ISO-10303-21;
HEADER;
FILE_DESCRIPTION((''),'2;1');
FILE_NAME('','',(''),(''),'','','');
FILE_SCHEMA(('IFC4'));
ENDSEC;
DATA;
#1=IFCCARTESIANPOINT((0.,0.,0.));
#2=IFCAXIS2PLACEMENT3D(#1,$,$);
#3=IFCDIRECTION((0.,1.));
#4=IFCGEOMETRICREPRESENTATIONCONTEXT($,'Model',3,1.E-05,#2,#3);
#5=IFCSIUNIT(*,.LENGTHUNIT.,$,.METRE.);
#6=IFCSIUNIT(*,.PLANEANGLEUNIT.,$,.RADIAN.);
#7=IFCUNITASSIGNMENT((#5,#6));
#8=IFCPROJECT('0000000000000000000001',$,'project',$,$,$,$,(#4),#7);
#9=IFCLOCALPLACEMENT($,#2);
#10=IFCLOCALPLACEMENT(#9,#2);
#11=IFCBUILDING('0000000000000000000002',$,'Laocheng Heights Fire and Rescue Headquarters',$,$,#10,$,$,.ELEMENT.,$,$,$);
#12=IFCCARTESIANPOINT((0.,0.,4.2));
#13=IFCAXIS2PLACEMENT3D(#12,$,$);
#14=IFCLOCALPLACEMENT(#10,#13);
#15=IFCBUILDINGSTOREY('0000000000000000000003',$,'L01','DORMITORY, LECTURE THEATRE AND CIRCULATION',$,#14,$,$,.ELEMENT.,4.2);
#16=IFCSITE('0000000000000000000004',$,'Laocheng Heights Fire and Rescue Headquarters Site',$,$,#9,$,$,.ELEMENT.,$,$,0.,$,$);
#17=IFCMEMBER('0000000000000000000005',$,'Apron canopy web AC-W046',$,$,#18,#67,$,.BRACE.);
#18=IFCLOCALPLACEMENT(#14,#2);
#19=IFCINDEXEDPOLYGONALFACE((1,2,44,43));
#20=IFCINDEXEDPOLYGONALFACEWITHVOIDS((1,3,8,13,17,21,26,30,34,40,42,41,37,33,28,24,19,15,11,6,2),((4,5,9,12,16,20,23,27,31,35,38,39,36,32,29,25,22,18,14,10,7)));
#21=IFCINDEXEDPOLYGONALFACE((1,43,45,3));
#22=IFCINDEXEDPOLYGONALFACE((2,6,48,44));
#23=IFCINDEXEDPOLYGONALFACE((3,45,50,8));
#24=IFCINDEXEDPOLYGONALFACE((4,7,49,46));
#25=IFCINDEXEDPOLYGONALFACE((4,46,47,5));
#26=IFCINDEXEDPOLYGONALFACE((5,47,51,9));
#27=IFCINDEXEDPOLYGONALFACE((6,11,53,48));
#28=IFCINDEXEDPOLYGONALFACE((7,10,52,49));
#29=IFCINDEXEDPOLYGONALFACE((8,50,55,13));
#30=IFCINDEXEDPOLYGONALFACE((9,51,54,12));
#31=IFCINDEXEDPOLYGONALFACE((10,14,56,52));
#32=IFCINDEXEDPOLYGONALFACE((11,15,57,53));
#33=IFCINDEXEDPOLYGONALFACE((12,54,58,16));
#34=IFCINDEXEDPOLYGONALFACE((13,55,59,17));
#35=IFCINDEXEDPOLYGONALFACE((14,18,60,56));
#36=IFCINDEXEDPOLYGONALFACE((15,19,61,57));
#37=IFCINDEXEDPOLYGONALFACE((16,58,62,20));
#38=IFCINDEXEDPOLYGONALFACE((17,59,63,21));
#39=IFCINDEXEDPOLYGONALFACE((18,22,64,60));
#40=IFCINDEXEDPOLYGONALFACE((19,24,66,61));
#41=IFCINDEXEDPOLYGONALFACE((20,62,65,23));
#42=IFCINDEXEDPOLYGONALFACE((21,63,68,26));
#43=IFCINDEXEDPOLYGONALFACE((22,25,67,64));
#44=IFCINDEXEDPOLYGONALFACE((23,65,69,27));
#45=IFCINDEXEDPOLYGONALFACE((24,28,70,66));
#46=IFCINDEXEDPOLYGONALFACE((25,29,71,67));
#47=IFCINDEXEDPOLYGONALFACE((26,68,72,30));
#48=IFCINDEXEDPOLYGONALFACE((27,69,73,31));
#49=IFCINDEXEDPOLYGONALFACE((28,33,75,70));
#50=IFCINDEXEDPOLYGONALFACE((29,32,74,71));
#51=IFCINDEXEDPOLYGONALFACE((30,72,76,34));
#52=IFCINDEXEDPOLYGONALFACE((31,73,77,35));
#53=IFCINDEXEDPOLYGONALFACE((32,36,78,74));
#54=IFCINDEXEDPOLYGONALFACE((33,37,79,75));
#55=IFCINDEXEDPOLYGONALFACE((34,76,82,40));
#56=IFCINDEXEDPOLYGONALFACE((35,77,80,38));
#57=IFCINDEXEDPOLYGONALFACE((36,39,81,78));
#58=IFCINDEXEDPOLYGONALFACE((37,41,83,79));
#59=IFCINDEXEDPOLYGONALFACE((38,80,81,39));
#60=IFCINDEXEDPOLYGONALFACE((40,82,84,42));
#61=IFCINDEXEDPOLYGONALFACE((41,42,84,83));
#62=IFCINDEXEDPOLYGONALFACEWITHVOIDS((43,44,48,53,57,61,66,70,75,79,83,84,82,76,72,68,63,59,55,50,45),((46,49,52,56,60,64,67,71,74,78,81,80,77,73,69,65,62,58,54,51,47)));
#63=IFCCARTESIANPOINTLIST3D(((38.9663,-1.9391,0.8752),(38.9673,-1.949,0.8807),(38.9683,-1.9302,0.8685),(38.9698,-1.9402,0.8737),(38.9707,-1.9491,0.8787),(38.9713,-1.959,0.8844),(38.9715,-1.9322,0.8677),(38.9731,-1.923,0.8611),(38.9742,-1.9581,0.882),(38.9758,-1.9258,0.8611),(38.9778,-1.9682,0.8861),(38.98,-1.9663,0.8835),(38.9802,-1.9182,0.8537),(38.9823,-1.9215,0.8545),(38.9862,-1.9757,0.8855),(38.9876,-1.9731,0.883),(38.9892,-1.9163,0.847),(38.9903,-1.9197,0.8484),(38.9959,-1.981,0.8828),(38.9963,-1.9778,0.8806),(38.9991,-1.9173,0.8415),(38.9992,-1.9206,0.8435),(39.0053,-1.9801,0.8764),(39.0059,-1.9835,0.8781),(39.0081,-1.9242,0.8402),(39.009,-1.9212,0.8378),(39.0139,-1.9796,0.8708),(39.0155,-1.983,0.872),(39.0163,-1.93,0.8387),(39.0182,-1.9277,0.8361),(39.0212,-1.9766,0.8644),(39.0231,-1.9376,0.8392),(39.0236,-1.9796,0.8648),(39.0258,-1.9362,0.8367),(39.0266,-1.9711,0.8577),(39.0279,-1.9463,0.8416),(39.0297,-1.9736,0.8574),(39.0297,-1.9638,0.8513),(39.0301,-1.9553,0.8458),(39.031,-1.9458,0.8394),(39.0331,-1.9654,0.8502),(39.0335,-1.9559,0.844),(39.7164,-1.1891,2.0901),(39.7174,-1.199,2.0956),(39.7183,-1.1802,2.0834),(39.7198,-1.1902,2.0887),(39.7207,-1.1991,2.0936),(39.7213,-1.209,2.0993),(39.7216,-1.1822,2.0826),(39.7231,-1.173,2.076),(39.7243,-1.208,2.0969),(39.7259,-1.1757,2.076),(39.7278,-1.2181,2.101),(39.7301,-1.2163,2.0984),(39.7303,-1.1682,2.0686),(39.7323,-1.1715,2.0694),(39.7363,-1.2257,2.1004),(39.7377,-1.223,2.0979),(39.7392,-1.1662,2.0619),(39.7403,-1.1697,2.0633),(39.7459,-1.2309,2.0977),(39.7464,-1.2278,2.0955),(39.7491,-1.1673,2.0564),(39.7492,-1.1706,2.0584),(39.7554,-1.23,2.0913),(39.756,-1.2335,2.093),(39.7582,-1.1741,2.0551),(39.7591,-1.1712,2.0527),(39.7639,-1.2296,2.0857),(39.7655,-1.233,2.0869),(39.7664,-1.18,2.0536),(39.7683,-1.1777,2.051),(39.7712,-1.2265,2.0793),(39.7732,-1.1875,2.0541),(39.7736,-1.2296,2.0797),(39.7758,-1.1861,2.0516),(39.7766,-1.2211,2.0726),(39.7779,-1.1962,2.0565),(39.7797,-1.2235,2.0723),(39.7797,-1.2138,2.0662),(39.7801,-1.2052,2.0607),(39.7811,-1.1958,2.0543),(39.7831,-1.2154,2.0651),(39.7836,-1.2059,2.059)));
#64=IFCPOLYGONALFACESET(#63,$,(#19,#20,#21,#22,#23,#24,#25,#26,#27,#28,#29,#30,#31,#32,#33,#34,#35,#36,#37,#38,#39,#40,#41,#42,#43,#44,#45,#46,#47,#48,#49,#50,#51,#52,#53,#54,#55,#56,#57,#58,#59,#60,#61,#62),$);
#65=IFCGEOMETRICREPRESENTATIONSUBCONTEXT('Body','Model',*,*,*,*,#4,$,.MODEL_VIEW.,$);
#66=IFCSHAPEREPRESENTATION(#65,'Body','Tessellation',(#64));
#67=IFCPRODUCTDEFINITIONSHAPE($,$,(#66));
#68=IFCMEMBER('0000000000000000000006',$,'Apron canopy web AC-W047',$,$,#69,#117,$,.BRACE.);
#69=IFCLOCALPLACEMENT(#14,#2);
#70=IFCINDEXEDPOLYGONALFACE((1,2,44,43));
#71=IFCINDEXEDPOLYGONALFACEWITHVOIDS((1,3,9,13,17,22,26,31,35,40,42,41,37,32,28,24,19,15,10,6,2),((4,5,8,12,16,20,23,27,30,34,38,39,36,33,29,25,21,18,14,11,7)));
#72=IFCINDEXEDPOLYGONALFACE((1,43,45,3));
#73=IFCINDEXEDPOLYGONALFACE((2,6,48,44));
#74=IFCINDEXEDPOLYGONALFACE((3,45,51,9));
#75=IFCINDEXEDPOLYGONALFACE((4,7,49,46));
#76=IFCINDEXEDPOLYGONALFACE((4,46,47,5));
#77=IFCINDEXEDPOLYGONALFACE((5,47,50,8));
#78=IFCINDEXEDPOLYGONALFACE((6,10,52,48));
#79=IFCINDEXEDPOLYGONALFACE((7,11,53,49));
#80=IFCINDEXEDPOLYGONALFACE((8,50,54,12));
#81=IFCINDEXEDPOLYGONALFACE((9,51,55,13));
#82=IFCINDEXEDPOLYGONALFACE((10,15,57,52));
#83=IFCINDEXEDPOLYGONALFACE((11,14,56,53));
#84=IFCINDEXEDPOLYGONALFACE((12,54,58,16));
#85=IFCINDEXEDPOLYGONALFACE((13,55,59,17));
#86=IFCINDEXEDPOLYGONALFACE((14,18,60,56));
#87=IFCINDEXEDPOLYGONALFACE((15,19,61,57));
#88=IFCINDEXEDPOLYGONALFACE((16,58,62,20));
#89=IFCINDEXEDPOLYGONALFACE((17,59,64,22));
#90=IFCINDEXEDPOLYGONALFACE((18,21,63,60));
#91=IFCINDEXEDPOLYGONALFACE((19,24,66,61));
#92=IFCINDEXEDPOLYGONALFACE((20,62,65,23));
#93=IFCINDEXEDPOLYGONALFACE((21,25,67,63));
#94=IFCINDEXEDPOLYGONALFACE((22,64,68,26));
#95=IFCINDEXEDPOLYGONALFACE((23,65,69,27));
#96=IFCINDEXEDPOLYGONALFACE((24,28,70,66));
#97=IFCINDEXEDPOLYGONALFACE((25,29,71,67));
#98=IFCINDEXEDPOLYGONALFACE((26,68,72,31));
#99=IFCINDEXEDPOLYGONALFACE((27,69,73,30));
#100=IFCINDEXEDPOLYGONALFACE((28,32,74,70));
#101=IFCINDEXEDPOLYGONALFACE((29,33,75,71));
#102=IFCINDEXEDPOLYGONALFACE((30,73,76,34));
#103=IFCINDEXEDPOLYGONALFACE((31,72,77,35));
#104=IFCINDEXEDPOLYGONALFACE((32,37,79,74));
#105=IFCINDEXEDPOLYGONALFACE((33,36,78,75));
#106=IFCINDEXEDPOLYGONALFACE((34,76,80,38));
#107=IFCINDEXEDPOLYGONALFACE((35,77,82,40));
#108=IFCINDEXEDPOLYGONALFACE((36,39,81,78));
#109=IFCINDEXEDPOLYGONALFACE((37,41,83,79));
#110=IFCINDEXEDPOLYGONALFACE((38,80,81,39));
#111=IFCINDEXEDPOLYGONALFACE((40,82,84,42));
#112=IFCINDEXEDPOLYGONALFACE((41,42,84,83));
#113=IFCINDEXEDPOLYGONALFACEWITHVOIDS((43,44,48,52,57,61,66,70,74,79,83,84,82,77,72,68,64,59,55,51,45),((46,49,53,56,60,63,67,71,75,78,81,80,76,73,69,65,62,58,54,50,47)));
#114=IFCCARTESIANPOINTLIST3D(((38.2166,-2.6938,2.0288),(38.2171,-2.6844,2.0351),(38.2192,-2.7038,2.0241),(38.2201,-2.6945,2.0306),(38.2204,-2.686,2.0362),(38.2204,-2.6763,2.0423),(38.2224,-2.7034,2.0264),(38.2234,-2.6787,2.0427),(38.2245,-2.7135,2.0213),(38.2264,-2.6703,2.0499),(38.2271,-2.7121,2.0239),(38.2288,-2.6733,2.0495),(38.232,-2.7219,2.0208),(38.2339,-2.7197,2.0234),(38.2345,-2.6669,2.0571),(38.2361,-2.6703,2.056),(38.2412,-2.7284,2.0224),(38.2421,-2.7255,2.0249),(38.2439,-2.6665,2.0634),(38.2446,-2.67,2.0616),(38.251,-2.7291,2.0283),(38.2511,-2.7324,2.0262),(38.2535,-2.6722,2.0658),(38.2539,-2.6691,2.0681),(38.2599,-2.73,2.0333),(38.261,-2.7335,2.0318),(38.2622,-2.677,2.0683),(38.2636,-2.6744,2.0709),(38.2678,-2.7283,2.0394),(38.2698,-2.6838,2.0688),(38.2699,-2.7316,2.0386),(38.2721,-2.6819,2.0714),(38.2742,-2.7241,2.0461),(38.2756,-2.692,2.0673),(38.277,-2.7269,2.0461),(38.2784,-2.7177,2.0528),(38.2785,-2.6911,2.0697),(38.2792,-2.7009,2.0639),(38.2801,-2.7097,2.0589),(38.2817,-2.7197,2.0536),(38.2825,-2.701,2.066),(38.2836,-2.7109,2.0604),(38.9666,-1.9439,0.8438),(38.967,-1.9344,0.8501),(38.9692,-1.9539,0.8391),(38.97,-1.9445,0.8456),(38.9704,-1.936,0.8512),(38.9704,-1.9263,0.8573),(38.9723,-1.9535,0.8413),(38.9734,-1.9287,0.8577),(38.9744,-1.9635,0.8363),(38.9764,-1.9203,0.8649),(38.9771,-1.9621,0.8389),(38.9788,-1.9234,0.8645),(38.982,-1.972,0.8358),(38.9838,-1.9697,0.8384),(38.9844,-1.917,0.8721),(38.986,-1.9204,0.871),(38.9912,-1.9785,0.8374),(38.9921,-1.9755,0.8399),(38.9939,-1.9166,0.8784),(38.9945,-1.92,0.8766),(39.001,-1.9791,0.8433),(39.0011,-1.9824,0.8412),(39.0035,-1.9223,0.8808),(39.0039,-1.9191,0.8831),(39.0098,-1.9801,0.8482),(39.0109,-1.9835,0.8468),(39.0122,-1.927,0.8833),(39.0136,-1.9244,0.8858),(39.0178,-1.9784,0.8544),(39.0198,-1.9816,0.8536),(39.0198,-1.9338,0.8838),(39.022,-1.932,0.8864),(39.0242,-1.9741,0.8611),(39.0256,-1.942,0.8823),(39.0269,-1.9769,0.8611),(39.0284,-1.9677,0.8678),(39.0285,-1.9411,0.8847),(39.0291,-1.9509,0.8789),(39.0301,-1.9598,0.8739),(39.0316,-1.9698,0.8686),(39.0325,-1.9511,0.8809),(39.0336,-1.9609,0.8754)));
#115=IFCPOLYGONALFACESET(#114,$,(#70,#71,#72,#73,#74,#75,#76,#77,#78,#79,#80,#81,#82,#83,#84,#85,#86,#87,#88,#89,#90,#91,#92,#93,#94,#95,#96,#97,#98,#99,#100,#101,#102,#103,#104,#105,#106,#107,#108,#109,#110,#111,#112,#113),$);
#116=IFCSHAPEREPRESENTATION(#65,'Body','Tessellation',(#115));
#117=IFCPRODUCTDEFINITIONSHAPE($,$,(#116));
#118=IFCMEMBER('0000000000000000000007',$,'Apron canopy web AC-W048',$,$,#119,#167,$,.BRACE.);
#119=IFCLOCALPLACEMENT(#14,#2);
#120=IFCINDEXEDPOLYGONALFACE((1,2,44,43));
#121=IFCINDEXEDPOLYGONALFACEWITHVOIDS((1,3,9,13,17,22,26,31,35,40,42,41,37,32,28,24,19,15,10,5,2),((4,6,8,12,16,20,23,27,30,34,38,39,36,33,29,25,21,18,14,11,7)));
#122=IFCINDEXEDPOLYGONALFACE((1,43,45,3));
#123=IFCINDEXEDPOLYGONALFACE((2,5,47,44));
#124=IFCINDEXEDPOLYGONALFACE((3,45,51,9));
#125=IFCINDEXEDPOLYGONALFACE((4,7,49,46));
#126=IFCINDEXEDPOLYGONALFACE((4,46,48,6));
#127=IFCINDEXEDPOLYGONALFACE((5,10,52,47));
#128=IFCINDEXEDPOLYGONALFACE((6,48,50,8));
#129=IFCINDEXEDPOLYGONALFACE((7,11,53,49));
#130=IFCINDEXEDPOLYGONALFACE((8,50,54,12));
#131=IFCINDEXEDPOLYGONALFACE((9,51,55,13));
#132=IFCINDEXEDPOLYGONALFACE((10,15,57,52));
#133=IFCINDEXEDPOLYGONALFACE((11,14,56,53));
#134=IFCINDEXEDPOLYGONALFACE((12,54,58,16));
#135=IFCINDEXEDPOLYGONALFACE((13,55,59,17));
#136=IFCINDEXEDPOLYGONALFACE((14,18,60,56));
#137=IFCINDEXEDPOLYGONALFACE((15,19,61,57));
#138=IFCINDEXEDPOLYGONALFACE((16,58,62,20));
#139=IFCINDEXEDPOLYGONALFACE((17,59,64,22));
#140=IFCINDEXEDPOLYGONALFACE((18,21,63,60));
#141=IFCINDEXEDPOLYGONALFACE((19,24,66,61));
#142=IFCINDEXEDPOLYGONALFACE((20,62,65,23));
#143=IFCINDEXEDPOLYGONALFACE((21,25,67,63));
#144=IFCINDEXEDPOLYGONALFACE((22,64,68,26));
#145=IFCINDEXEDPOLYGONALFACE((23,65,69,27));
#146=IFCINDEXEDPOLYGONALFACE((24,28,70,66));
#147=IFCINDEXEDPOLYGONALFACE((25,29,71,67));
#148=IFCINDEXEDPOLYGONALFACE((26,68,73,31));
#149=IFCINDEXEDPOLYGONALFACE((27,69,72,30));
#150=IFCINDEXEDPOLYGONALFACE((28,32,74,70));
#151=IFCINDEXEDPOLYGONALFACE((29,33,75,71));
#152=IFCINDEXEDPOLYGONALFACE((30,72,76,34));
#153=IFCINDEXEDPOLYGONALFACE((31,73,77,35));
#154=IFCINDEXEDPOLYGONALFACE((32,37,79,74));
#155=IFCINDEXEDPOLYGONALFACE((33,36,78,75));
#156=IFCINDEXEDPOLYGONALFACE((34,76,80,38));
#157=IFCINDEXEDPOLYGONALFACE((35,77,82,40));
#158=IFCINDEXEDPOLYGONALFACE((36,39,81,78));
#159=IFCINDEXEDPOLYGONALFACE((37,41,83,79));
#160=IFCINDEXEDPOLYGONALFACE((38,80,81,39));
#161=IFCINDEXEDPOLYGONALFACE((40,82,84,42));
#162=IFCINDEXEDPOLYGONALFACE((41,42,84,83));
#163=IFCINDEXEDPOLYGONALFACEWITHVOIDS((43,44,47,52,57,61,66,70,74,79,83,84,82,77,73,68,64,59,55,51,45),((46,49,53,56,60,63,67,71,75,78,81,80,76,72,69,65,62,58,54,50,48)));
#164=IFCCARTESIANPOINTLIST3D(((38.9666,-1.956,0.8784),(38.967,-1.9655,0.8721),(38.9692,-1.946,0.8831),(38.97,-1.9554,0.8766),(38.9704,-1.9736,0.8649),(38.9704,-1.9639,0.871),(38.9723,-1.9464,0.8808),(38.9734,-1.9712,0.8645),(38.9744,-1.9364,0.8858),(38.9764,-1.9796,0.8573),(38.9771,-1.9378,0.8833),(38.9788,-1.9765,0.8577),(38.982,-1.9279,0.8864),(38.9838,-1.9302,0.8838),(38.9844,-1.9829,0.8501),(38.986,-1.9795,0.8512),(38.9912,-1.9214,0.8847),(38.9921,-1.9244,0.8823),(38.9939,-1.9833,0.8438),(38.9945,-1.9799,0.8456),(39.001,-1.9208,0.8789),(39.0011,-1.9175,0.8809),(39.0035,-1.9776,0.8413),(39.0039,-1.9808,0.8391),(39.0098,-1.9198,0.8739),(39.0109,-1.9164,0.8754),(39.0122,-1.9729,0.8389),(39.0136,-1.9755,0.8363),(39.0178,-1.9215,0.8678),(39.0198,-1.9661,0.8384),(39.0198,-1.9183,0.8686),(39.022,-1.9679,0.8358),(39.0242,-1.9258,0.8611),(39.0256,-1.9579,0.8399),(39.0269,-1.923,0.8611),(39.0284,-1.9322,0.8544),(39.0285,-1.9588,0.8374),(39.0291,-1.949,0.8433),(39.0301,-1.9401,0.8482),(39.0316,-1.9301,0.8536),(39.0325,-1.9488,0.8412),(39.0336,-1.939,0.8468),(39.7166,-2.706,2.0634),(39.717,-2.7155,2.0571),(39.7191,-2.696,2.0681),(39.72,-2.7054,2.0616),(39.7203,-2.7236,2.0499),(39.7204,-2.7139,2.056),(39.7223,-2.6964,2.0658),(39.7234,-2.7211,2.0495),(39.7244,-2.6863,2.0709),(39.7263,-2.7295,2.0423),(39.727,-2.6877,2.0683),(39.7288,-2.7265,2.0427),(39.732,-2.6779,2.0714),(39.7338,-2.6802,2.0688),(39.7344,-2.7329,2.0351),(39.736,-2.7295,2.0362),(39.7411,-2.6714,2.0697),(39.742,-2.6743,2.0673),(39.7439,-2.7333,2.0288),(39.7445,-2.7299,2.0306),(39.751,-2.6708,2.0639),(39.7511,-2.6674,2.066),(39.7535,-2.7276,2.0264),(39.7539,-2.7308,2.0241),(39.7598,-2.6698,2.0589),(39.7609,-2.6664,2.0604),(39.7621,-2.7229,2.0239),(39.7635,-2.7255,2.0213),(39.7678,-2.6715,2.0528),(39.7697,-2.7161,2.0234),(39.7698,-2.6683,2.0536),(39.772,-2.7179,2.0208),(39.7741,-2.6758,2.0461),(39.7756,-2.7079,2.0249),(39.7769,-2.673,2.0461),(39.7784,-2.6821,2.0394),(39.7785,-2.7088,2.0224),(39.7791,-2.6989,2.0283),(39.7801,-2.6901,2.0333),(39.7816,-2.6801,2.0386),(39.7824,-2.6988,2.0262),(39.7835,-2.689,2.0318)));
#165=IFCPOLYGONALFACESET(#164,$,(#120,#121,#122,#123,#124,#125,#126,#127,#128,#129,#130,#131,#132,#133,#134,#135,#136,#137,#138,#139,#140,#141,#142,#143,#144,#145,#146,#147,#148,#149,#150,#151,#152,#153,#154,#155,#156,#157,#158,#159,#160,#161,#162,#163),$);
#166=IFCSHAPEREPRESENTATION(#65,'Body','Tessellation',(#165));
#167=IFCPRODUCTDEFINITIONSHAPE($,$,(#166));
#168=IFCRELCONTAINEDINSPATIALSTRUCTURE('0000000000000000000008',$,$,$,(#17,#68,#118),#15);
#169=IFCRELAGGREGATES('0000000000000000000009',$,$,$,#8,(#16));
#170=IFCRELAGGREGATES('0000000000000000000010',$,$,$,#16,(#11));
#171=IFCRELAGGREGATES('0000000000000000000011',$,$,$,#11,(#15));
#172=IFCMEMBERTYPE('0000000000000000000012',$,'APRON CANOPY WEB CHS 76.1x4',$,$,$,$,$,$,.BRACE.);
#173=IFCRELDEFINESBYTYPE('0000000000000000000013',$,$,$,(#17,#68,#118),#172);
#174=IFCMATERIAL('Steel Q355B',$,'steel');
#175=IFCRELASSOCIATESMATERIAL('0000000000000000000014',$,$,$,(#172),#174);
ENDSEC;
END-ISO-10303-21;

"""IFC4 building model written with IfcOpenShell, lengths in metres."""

from ifc_helpers import new_model, si_unit, direction, frame, origin, origin_2d, place, context, subcontext, project, spatial, hollow_circle, extrude, material, material_profile, profile_set, type_object, element, save


model = new_model("IFC4")

# Units and contexts
model_context = context("Model", 3, precision=1e-05, world=origin(), true_north=direction((0.0, 1.0)))
body_context = subcontext(model_context, "Body", "Model", "MODEL_VIEW")
ifc_project = project(units=[si_unit("LENGTHUNIT", "METRE"), si_unit("PLANEANGLEUNIT", "RADIAN")], contexts=[model_context])

# Site, building, storey
site_placement = place(None, origin())
site = spatial("IfcSite", under=ifc_project, at=site_placement, Name="Laocheng Heights Fire and Rescue Headquarters Site", CompositionType="ELEMENT", RefElevation=0.0)
building_placement = place(site_placement, origin())
building = spatial("IfcBuilding", under=site, at=building_placement, Name="Laocheng Heights Fire and Rescue Headquarters", CompositionType="ELEMENT")
storey_placement = place(building_placement, frame((0.0, 0.0, 4.2)))
storey = spatial("IfcBuildingStorey", under=building, at=storey_placement, Name="L01", Description="DORMITORY, LECTURE THEATRE AND CIRCULATION", CompositionType="ELEMENT", Elevation=4.2)

# Members
ifc_material_1 = material(Name="Steel Q355B", Category="steel")
ifc_material_profile_1 = material_profile(ifc_material_1, hollow_circle(Radius=0.0381, WallThickness=0.0039, at=origin_2d()), Name="CHS 76.1x4")
ifc_profile_set_1 = profile_set([ifc_material_profile_1], Name="Steel Q355B")
member_type_1 = type_object("IfcMemberType", Name="APRON CANOPY WEB CHS 76.1x4", PredefinedType="BRACE", material=ifc_profile_set_1)
for number, where, z_axis, x_axis, name in (
    (1, (39.0, -1.95, 0.8611), (0.465055, 0.465055, 0.753292), (-0.707107, 0.707107, 0.0), "Apron canopy web AC-W046"),
):
    element("IfcMember", number, at=place(storey_placement, frame(where, z_axis=z_axis, x_axis=x_axis)), inside=storey, type_object=member_type_1, Name=name, PredefinedType="BRACE", context=body_context, shape_type="SweptSolid", body=[
        extrude(hollow_circle(Radius=0.0381, WallThickness=0.0039, at=origin_2d()), origin(), (0.0, 0.0, 1.0), 1.6128),
    ])
for number, where, z_axis, x_axis, name in (
    (2, (39.0, -1.95, 0.8611), (-0.47158, -0.47158, 0.745134), (0.707107, -0.707107, 0.0), "Apron canopy web AC-W047"),
    (3, (39.0, -1.95, 0.8611), (0.47158, -0.47158, 0.745134), (0.707107, 0.707107, 0.0), "Apron canopy web AC-W048"),
):
    element("IfcMember", number, at=place(storey_placement, frame(where, z_axis=z_axis, x_axis=x_axis)), inside=storey, type_object=member_type_1, Name=name, PredefinedType="BRACE", context=body_context, shape_type="SweptSolid", body=[
        extrude(hollow_circle(Radius=0.0381, WallThickness=0.0039, at=origin_2d()), origin(), (0.0, 0.0, 1.0), 1.5903),
    ])

save(model, "model.ifc")
